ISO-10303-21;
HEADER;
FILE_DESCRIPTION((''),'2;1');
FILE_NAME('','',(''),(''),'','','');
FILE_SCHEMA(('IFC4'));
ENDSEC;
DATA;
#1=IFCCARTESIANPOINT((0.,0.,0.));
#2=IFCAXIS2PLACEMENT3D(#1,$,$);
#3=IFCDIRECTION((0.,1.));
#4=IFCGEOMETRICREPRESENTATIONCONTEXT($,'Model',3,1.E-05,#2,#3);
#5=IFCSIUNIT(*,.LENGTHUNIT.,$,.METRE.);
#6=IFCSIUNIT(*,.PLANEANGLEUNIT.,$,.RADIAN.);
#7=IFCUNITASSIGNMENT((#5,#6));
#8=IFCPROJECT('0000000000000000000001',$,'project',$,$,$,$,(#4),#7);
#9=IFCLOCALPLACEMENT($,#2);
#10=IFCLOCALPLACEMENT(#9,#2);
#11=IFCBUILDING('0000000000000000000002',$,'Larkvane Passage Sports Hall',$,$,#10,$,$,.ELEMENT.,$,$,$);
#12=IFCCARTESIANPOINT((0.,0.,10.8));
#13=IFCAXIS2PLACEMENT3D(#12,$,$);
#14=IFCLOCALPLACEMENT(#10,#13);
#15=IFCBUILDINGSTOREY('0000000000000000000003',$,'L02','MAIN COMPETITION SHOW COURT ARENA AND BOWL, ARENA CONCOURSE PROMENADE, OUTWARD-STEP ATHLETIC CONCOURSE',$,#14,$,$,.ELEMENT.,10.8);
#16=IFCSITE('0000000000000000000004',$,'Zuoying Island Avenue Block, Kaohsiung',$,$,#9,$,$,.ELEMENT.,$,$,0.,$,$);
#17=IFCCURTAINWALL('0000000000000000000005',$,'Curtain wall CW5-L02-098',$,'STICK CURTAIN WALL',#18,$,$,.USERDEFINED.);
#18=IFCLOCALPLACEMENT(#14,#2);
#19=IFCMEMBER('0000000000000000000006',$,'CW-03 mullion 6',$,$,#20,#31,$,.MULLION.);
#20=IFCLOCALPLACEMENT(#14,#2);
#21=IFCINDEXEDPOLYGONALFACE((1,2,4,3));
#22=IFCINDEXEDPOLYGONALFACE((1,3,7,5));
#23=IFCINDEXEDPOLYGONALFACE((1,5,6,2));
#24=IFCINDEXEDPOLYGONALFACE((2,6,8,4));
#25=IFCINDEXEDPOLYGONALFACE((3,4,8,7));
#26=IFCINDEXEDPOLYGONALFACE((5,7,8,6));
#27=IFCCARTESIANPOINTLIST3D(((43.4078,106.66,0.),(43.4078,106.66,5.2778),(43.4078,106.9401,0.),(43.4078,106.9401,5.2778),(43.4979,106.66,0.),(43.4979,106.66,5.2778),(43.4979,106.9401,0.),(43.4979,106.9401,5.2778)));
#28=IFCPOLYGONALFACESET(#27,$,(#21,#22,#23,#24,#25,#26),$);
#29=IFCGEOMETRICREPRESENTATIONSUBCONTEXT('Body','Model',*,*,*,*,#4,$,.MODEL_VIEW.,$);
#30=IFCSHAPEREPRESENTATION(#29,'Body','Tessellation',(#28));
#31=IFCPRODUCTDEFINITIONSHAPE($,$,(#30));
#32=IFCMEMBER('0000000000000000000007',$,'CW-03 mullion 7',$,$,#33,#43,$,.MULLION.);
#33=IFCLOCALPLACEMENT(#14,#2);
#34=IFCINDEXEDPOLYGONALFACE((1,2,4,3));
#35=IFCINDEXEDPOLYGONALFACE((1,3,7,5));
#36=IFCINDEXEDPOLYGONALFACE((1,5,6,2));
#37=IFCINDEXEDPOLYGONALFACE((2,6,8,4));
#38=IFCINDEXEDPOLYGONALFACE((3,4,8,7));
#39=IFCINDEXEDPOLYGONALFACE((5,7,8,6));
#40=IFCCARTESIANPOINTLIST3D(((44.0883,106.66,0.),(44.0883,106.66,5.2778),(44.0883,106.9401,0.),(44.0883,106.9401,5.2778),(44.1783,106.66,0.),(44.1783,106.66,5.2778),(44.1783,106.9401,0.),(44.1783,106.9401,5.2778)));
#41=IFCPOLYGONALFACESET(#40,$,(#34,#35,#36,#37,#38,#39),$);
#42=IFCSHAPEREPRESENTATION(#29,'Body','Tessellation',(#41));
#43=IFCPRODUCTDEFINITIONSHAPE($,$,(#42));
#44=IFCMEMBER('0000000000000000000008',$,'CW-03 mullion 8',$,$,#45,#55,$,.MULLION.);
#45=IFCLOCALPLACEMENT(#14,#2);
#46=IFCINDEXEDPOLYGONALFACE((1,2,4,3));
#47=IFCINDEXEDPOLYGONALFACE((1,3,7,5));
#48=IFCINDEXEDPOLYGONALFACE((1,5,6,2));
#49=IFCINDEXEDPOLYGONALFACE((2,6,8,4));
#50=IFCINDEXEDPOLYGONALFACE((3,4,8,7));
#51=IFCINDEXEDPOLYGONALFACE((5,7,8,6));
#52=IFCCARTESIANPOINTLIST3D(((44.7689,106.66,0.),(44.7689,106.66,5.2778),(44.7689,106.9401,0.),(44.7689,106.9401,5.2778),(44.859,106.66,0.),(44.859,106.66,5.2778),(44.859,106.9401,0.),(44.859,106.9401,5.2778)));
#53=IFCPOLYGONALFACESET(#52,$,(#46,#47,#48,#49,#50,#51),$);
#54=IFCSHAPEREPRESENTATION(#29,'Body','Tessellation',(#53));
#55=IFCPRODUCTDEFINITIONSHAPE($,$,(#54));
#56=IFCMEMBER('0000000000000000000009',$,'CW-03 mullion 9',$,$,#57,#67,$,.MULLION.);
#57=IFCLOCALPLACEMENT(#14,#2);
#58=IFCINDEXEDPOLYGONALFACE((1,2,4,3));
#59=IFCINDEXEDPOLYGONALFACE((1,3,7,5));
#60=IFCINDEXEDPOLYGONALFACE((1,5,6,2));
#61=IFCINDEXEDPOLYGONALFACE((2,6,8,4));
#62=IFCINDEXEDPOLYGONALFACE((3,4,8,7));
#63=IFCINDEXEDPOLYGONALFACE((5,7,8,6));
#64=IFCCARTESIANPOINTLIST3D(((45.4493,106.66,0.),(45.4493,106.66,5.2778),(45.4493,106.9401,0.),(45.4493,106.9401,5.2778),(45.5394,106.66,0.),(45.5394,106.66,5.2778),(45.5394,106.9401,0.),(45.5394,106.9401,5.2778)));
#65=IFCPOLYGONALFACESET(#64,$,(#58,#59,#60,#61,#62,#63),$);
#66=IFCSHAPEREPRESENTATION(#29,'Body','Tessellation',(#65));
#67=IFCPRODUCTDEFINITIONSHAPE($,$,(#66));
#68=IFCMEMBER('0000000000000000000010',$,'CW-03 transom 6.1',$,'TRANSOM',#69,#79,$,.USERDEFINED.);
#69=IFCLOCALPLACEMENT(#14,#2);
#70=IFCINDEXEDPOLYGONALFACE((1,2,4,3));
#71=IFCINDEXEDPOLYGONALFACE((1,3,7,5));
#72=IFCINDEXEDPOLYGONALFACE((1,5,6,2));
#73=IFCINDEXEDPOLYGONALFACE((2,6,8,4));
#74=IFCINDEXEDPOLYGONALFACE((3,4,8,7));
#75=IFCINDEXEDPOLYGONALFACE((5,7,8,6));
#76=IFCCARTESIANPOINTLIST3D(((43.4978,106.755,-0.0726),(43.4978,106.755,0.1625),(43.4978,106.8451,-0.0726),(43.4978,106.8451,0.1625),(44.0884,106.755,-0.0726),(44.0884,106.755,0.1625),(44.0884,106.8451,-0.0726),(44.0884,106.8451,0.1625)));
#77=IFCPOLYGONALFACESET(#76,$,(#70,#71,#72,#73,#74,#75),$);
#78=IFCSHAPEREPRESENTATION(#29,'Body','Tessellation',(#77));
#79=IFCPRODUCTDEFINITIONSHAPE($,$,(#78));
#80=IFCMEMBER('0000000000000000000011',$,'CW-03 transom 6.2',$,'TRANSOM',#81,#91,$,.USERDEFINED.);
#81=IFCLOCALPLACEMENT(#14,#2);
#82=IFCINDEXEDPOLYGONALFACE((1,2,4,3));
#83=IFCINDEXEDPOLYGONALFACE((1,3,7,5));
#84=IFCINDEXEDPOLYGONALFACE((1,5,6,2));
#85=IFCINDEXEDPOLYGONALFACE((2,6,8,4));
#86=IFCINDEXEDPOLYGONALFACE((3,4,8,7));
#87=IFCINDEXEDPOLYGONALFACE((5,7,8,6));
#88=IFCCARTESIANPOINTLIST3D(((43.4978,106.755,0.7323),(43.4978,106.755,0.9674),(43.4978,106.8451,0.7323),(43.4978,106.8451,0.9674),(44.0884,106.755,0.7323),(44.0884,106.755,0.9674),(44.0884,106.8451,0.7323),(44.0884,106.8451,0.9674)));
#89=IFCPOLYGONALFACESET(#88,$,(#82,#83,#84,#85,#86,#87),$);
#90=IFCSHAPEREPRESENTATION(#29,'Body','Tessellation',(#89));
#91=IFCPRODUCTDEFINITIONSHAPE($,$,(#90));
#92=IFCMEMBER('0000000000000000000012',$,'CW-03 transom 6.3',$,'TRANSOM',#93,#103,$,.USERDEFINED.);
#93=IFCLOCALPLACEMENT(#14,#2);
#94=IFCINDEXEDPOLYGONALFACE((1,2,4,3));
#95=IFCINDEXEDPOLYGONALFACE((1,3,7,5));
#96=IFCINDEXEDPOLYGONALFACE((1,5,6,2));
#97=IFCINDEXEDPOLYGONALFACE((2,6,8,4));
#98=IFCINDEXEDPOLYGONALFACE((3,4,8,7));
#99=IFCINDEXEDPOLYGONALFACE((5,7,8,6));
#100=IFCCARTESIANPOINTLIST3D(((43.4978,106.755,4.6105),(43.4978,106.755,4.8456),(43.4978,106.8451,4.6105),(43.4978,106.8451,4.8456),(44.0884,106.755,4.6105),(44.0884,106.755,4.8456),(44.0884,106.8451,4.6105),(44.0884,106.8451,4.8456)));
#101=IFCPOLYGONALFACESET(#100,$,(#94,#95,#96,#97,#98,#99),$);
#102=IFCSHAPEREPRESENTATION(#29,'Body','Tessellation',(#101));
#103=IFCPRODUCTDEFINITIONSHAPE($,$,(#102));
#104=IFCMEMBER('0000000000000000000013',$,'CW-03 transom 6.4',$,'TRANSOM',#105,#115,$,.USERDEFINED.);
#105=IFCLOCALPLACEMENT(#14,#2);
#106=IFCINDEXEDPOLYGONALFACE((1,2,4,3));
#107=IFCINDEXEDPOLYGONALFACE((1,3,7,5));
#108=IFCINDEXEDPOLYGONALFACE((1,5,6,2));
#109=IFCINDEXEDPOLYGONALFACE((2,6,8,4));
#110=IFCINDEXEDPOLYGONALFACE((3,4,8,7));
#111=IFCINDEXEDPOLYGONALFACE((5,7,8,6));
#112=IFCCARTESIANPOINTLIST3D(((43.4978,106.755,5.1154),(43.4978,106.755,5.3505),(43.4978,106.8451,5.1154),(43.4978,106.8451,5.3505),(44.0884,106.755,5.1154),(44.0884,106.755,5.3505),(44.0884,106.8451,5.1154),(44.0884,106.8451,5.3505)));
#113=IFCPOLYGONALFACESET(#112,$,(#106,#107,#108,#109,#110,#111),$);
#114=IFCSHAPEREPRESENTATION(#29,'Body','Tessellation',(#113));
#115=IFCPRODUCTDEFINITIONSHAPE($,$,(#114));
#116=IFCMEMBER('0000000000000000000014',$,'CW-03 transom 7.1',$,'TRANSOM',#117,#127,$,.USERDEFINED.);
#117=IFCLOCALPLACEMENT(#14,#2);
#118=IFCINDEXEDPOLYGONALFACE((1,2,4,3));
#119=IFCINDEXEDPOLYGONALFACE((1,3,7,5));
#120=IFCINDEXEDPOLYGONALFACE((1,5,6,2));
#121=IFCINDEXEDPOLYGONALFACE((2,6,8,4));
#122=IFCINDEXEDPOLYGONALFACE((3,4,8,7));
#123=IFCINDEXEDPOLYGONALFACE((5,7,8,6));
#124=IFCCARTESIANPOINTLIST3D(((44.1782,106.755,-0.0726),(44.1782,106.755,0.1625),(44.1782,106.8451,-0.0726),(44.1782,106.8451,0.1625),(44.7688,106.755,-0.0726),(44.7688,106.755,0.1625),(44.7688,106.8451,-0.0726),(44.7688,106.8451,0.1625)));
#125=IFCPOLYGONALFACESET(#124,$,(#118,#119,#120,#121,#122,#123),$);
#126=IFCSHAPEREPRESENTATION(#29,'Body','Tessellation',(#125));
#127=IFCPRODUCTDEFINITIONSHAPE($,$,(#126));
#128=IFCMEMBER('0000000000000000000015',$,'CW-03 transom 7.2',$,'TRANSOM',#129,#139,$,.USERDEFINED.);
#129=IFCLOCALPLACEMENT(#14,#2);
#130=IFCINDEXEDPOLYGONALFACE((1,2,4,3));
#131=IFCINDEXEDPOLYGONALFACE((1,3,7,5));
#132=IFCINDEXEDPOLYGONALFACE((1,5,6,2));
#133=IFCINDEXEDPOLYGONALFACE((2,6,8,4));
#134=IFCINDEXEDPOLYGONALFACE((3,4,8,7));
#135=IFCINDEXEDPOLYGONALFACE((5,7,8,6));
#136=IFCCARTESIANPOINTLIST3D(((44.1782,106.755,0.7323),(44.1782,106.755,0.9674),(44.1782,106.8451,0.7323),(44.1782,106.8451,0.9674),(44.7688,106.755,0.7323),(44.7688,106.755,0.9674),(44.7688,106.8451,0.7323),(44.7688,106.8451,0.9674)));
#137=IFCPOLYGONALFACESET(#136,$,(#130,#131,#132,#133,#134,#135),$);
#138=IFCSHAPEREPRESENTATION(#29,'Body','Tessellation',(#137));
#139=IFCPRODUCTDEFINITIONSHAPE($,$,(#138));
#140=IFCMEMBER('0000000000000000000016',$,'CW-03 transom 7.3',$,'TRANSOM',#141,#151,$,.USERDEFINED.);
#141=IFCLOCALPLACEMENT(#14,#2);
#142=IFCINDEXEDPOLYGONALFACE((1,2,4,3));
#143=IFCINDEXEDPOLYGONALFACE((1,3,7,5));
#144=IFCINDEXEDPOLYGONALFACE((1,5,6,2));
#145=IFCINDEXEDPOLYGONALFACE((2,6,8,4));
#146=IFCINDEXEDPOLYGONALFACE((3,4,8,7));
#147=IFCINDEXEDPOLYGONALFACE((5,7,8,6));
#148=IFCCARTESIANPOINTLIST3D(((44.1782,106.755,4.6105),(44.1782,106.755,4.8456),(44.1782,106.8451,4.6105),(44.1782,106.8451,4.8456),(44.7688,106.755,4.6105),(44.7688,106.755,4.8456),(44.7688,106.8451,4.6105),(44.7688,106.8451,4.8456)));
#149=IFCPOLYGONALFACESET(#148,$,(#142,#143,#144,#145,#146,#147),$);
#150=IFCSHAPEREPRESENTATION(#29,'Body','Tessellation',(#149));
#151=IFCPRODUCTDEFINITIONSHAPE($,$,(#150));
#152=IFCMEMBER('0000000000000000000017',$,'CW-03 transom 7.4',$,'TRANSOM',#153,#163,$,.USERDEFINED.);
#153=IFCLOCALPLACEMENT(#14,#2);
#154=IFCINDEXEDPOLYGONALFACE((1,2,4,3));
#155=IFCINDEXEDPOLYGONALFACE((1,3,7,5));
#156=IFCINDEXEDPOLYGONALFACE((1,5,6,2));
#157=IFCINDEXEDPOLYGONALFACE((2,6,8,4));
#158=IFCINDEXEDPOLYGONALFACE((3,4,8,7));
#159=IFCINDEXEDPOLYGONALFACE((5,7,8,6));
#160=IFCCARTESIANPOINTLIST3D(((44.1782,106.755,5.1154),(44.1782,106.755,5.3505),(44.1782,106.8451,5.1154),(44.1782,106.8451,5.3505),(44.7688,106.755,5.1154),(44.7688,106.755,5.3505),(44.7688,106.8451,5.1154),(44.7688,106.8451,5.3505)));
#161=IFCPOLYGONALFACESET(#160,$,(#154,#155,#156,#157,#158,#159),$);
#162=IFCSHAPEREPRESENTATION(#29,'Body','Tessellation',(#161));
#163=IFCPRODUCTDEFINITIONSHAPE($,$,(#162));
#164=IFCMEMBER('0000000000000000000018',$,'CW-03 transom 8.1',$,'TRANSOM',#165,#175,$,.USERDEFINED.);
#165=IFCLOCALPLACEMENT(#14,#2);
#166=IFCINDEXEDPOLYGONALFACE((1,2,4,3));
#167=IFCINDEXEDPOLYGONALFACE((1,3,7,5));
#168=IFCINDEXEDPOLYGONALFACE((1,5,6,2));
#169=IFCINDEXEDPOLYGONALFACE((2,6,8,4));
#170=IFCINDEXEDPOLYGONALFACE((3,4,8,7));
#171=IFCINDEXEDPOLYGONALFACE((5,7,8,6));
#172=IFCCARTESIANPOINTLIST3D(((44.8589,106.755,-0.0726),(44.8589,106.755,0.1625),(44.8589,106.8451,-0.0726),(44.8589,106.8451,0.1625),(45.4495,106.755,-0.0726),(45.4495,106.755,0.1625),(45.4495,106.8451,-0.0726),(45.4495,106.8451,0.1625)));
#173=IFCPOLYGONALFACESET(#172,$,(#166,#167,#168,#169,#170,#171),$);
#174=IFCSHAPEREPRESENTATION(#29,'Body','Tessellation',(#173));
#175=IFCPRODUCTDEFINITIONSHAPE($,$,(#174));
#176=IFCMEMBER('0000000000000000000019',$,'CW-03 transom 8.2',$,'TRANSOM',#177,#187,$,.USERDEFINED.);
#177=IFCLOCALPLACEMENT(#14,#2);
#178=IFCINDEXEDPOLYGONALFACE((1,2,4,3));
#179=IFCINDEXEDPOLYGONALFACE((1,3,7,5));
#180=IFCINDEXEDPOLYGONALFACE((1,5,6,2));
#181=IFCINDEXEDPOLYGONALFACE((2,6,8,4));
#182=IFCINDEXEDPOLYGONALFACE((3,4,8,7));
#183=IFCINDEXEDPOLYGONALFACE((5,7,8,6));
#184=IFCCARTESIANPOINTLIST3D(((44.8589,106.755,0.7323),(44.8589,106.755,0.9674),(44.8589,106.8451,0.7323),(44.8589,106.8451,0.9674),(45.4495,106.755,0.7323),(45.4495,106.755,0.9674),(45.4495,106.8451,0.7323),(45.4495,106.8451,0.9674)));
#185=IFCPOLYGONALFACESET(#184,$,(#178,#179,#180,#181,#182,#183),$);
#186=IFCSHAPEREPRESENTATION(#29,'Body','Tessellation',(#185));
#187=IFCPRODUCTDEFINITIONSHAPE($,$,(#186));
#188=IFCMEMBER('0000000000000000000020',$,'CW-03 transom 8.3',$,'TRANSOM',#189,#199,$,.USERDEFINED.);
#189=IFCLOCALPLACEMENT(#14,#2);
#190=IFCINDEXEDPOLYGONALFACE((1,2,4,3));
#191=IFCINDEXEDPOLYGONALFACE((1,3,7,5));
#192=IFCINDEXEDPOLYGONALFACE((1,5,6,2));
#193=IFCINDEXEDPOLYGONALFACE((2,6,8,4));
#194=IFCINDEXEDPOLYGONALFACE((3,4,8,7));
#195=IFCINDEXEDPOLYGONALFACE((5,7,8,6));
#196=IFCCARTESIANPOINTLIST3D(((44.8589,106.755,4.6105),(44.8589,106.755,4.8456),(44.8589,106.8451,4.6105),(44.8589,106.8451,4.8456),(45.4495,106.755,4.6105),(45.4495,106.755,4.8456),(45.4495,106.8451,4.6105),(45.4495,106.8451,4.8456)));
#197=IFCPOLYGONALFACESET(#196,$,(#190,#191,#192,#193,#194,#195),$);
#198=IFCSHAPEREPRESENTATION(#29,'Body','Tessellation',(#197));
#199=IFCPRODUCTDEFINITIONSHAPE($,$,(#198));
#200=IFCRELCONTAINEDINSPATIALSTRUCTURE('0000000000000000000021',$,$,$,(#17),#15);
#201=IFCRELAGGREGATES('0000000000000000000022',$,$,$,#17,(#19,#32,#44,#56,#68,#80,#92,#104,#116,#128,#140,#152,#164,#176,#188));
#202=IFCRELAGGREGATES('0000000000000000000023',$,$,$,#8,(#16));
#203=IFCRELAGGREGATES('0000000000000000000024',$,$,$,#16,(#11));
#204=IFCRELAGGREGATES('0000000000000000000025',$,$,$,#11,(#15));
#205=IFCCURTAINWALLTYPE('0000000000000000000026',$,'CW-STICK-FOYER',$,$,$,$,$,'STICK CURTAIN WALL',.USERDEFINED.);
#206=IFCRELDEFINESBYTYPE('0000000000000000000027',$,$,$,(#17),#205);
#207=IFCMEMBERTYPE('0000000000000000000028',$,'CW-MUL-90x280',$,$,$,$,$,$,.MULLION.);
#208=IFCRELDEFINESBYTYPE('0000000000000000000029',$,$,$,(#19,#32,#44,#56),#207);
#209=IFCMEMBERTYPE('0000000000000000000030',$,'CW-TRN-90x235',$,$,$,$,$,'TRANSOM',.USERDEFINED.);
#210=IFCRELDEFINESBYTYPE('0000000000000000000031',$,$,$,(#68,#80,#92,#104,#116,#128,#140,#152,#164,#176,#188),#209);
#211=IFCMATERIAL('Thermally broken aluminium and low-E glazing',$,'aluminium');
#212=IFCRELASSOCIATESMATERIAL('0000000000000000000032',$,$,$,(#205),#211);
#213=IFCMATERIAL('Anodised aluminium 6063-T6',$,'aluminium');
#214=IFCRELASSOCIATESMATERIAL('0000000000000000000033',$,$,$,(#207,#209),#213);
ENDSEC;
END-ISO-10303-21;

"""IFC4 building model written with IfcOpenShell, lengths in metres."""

from ifc_helpers import new_model, si_unit, direction, frame, origin, origin_2d, place, context, subcontext, project, spatial, rectangle, extrude, material, material_profile, profile_set, type_object, element, aggregate, save


model = new_model("IFC4")

# Units and contexts
model_context = context("Model", 3, precision=1e-05, world=origin(), true_north=direction((0.0, 1.0)))
body_context = subcontext(model_context, "Body", "Model", "MODEL_VIEW")
ifc_project = project(units=[si_unit("LENGTHUNIT", "METRE"), si_unit("PLANEANGLEUNIT", "RADIAN")], contexts=[model_context])

# Site, building, storey
site_placement = place(None, origin())
site = spatial("IfcSite", under=ifc_project, at=site_placement, Name="Zuoying Island Avenue Block, Kaohsiung", CompositionType="ELEMENT", RefElevation=0.0)
building_placement = place(site_placement, origin())
building = spatial("IfcBuilding", under=site, at=building_placement, Name="Larkvane Passage Sports Hall", CompositionType="ELEMENT")
storey_placement = place(building_placement, frame((0.0, 0.0, 10.8)))
storey = spatial("IfcBuildingStorey", under=building, at=storey_placement, Name="L02", Description="MAIN COMPETITION SHOW COURT ARENA AND BOWL, ARENA CONCOURSE PROMENADE, OUTWARD-STEP ATHLETIC CONCOURSE", CompositionType="ELEMENT", Elevation=10.8)

# Curtain wall, members
ifc_material_1 = material(Name="Thermally broken aluminium and low-E glazing", Category="aluminium")
curtain_wall_type = type_object("IfcCurtainWallType", Name="CW-STICK-FOYER", ElementType="STICK CURTAIN WALL", PredefinedType="USERDEFINED", material=ifc_material_1)
curtain_wall_placement = place(storey_placement, origin())
curtain_wall = element("IfcCurtainWall", 1, at=curtain_wall_placement, inside=storey, type_object=curtain_wall_type, Name="Curtain wall CW5-L02-098", ObjectType="STICK CURTAIN WALL", PredefinedType="USERDEFINED")
ifc_material_2 = material(Name="Anodised aluminium 6063-T6", Category="aluminium")
ifc_material_profile_1 = material_profile(ifc_material_2, rectangle(XDim=0.0901, YDim=0.28, at=origin_2d()), Name="ALU-MUL-90x280")
ifc_profile_set_1 = profile_set([ifc_material_profile_1], Name="Anodised aluminium 6063-T6")
member_type_1 = type_object("IfcMemberType", Name="CW-MUL-90x280", PredefinedType="MULLION", material=ifc_profile_set_1)
member_1_placement = place(storey_placement, frame((43.4529, 106.8, 0.0), z_axis=(0.0, 0.0, 1.0), x_axis=(1.0, 0.0, 0.0)))
member_1 = element("IfcMember", 2, at=member_1_placement, type_object=member_type_1, Name="CW-03 mullion 6", PredefinedType="MULLION", context=body_context, shape_type="SweptSolid", body=[
    extrude(rectangle(XDim=0.0901, YDim=0.28, at=origin_2d()), origin(), (0.0, 0.0, 1.0), 5.2778),
])
member_2_placement = place(storey_placement, frame((44.1333, 106.8, 0.0), z_axis=(0.0, 0.0, 1.0), x_axis=(1.0, 0.0, 0.0)))
member_2 = element("IfcMember", 3, at=member_2_placement, type_object=member_type_1, Name="CW-03 mullion 7", PredefinedType="MULLION", context=body_context, shape_type="SweptSolid", body=[
    extrude(rectangle(XDim=0.0901, YDim=0.28, at=origin_2d()), origin(), (0.0, 0.0, 1.0), 5.2778),
])
member_3_placement = place(storey_placement, frame((44.814, 106.8, 0.0), z_axis=(0.0, 0.0, 1.0), x_axis=(1.0, 0.0, 0.0)))
member_3 = element("IfcMember", 4, at=member_3_placement, type_object=member_type_1, Name="CW-03 mullion 8", PredefinedType="MULLION", context=body_context, shape_type="SweptSolid", body=[
    extrude(rectangle(XDim=0.0901, YDim=0.28, at=origin_2d()), origin(), (0.0, 0.0, 1.0), 5.2778),
])
member_4_placement = place(storey_placement, frame((45.4944, 106.8, 0.0), z_axis=(0.0, 0.0, 1.0), x_axis=(1.0, 0.0, 0.0)))
member_4 = element("IfcMember", 5, at=member_4_placement, type_object=member_type_1, Name="CW-03 mullion 9", PredefinedType="MULLION", context=body_context, shape_type="SweptSolid", body=[
    extrude(rectangle(XDim=0.0901, YDim=0.28, at=origin_2d()), origin(), (0.0, 0.0, 1.0), 5.2778),
])
ifc_material_profile_2 = material_profile(ifc_material_2, rectangle(XDim=0.0901, YDim=0.2351, at=origin_2d()), Name="ALU-TRN-90x235")
ifc_profile_set_2 = profile_set([ifc_material_profile_2], Name="Anodised aluminium 6063-T6")
member_type_2 = type_object("IfcMemberType", Name="CW-TRN-90x235", ElementType="TRANSOM", PredefinedType="USERDEFINED", material=ifc_profile_set_2)
member_5_placement = place(storey_placement, frame((43.4978, 106.8, 0.0449), z_axis=(1.0, 0.0, 0.0), x_axis=(0.0, 1.0, 0.0)))
member_5 = element("IfcMember", 6, at=member_5_placement, type_object=member_type_2, Name="CW-03 transom 6.1", ObjectType="TRANSOM", PredefinedType="USERDEFINED", context=body_context, shape_type="SweptSolid", body=[
    extrude(rectangle(XDim=0.0901, YDim=0.2351, at=origin_2d()), origin(), (0.0, 0.0, 1.0), 0.5906),
])
member_6_placement = place(storey_placement, frame((43.4978, 106.8, 0.8499), z_axis=(1.0, 0.0, 0.0), x_axis=(0.0, 1.0, 0.0)))
member_6 = element("IfcMember", 7, at=member_6_placement, type_object=member_type_2, Name="CW-03 transom 6.2", ObjectType="TRANSOM", PredefinedType="USERDEFINED", context=body_context, shape_type="SweptSolid", body=[
    extrude(rectangle(XDim=0.0901, YDim=0.2351, at=origin_2d()), origin(), (0.0, 0.0, 1.0), 0.5906),
])
member_7_placement = place(storey_placement, frame((43.4978, 106.8, 4.728), z_axis=(1.0, 0.0, 0.0), x_axis=(0.0, 1.0, 0.0)))
member_7 = element("IfcMember", 8, at=member_7_placement, type_object=member_type_2, Name="CW-03 transom 6.3", ObjectType="TRANSOM", PredefinedType="USERDEFINED", context=body_context, shape_type="SweptSolid", body=[
    extrude(rectangle(XDim=0.0901, YDim=0.2351, at=origin_2d()), origin(), (0.0, 0.0, 1.0), 0.5906),
])
member_8_placement = place(storey_placement, frame((43.4978, 106.8, 5.2329), z_axis=(1.0, 0.0, 0.0), x_axis=(0.0, 1.0, 0.0)))
member_8 = element("IfcMember", 9, at=member_8_placement, type_object=member_type_2, Name="CW-03 transom 6.4", ObjectType="TRANSOM", PredefinedType="USERDEFINED", context=body_context, shape_type="SweptSolid", body=[
    extrude(rectangle(XDim=0.0901, YDim=0.2351, at=origin_2d()), origin(), (0.0, 0.0, 1.0), 0.5906),
])
member_9_placement = place(storey_placement, frame((44.1782, 106.8, 0.0449), z_axis=(1.0, 0.0, 0.0), x_axis=(0.0, 1.0, 0.0)))
member_9 = element("IfcMember", 10, at=member_9_placement, type_object=member_type_2, Name="CW-03 transom 7.1", ObjectType="TRANSOM", PredefinedType="USERDEFINED", context=body_context, shape_type="SweptSolid", body=[
    extrude(rectangle(XDim=0.0901, YDim=0.2351, at=origin_2d()), origin(), (0.0, 0.0, 1.0), 0.5906),
])
member_10_placement = place(storey_placement, frame((44.1782, 106.8, 0.8499), z_axis=(1.0, 0.0, 0.0), x_axis=(0.0, 1.0, 0.0)))
member_10 = element("IfcMember", 11, at=member_10_placement, type_object=member_type_2, Name="CW-03 transom 7.2", ObjectType="TRANSOM", PredefinedType="USERDEFINED", context=body_context, shape_type="SweptSolid", body=[
    extrude(rectangle(XDim=0.0901, YDim=0.2351, at=origin_2d()), origin(), (0.0, 0.0, 1.0), 0.5906),
])
member_11_placement = place(storey_placement, frame((44.1782, 106.8, 4.728), z_axis=(1.0, 0.0, 0.0), x_axis=(0.0, 1.0, 0.0)))
member_11 = element("IfcMember", 12, at=member_11_placement, type_object=member_type_2, Name="CW-03 transom 7.3", ObjectType="TRANSOM", PredefinedType="USERDEFINED", context=body_context, shape_type="SweptSolid", body=[
    extrude(rectangle(XDim=0.0901, YDim=0.2351, at=origin_2d()), origin(), (0.0, 0.0, 1.0), 0.5906),
])
member_12_placement = place(storey_placement, frame((44.1782, 106.8, 5.2329), z_axis=(1.0, 0.0, 0.0), x_axis=(0.0, 1.0, 0.0)))
member_12 = element("IfcMember", 13, at=member_12_placement, type_object=member_type_2, Name="CW-03 transom 7.4", ObjectType="TRANSOM", PredefinedType="USERDEFINED", context=body_context, shape_type="SweptSolid", body=[
    extrude(rectangle(XDim=0.0901, YDim=0.2351, at=origin_2d()), origin(), (0.0, 0.0, 1.0), 0.5906),
])
member_13_placement = place(storey_placement, frame((44.8589, 106.8, 0.0449), z_axis=(1.0, 0.0, 0.0), x_axis=(0.0, 1.0, 0.0)))
member_13 = element("IfcMember", 14, at=member_13_placement, type_object=member_type_2, Name="CW-03 transom 8.1", ObjectType="TRANSOM", PredefinedType="USERDEFINED", context=body_context, shape_type="SweptSolid", body=[
    extrude(rectangle(XDim=0.0901, YDim=0.2351, at=origin_2d()), origin(), (0.0, 0.0, 1.0), 0.5906),
])
member_14_placement = place(storey_placement, frame((44.8589, 106.8, 0.8499), z_axis=(1.0, 0.0, 0.0), x_axis=(0.0, 1.0, 0.0)))
member_14 = element("IfcMember", 15, at=member_14_placement, type_object=member_type_2, Name="CW-03 transom 8.2", ObjectType="TRANSOM", PredefinedType="USERDEFINED", context=body_context, shape_type="SweptSolid", body=[
    extrude(rectangle(XDim=0.0901, YDim=0.2351, at=origin_2d()), origin(), (0.0, 0.0, 1.0), 0.5906),
])
member_15_placement = place(storey_placement, frame((44.8589, 106.8, 4.728), z_axis=(1.0, 0.0, 0.0), x_axis=(0.0, 1.0, 0.0)))
member_15 = element("IfcMember", 16, at=member_15_placement, type_object=member_type_2, Name="CW-03 transom 8.3", ObjectType="TRANSOM", PredefinedType="USERDEFINED", context=body_context, shape_type="SweptSolid", body=[
    extrude(rectangle(XDim=0.0901, YDim=0.2351, at=origin_2d()), origin(), (0.0, 0.0, 1.0), 0.5906),
])

aggregate(curtain_wall, [member_1, member_2, member_3, member_4, member_5, member_6, member_7, member_8, member_9, member_10, member_11, member_12, member_13, member_14, member_15])

save(model, "model.ifc")
